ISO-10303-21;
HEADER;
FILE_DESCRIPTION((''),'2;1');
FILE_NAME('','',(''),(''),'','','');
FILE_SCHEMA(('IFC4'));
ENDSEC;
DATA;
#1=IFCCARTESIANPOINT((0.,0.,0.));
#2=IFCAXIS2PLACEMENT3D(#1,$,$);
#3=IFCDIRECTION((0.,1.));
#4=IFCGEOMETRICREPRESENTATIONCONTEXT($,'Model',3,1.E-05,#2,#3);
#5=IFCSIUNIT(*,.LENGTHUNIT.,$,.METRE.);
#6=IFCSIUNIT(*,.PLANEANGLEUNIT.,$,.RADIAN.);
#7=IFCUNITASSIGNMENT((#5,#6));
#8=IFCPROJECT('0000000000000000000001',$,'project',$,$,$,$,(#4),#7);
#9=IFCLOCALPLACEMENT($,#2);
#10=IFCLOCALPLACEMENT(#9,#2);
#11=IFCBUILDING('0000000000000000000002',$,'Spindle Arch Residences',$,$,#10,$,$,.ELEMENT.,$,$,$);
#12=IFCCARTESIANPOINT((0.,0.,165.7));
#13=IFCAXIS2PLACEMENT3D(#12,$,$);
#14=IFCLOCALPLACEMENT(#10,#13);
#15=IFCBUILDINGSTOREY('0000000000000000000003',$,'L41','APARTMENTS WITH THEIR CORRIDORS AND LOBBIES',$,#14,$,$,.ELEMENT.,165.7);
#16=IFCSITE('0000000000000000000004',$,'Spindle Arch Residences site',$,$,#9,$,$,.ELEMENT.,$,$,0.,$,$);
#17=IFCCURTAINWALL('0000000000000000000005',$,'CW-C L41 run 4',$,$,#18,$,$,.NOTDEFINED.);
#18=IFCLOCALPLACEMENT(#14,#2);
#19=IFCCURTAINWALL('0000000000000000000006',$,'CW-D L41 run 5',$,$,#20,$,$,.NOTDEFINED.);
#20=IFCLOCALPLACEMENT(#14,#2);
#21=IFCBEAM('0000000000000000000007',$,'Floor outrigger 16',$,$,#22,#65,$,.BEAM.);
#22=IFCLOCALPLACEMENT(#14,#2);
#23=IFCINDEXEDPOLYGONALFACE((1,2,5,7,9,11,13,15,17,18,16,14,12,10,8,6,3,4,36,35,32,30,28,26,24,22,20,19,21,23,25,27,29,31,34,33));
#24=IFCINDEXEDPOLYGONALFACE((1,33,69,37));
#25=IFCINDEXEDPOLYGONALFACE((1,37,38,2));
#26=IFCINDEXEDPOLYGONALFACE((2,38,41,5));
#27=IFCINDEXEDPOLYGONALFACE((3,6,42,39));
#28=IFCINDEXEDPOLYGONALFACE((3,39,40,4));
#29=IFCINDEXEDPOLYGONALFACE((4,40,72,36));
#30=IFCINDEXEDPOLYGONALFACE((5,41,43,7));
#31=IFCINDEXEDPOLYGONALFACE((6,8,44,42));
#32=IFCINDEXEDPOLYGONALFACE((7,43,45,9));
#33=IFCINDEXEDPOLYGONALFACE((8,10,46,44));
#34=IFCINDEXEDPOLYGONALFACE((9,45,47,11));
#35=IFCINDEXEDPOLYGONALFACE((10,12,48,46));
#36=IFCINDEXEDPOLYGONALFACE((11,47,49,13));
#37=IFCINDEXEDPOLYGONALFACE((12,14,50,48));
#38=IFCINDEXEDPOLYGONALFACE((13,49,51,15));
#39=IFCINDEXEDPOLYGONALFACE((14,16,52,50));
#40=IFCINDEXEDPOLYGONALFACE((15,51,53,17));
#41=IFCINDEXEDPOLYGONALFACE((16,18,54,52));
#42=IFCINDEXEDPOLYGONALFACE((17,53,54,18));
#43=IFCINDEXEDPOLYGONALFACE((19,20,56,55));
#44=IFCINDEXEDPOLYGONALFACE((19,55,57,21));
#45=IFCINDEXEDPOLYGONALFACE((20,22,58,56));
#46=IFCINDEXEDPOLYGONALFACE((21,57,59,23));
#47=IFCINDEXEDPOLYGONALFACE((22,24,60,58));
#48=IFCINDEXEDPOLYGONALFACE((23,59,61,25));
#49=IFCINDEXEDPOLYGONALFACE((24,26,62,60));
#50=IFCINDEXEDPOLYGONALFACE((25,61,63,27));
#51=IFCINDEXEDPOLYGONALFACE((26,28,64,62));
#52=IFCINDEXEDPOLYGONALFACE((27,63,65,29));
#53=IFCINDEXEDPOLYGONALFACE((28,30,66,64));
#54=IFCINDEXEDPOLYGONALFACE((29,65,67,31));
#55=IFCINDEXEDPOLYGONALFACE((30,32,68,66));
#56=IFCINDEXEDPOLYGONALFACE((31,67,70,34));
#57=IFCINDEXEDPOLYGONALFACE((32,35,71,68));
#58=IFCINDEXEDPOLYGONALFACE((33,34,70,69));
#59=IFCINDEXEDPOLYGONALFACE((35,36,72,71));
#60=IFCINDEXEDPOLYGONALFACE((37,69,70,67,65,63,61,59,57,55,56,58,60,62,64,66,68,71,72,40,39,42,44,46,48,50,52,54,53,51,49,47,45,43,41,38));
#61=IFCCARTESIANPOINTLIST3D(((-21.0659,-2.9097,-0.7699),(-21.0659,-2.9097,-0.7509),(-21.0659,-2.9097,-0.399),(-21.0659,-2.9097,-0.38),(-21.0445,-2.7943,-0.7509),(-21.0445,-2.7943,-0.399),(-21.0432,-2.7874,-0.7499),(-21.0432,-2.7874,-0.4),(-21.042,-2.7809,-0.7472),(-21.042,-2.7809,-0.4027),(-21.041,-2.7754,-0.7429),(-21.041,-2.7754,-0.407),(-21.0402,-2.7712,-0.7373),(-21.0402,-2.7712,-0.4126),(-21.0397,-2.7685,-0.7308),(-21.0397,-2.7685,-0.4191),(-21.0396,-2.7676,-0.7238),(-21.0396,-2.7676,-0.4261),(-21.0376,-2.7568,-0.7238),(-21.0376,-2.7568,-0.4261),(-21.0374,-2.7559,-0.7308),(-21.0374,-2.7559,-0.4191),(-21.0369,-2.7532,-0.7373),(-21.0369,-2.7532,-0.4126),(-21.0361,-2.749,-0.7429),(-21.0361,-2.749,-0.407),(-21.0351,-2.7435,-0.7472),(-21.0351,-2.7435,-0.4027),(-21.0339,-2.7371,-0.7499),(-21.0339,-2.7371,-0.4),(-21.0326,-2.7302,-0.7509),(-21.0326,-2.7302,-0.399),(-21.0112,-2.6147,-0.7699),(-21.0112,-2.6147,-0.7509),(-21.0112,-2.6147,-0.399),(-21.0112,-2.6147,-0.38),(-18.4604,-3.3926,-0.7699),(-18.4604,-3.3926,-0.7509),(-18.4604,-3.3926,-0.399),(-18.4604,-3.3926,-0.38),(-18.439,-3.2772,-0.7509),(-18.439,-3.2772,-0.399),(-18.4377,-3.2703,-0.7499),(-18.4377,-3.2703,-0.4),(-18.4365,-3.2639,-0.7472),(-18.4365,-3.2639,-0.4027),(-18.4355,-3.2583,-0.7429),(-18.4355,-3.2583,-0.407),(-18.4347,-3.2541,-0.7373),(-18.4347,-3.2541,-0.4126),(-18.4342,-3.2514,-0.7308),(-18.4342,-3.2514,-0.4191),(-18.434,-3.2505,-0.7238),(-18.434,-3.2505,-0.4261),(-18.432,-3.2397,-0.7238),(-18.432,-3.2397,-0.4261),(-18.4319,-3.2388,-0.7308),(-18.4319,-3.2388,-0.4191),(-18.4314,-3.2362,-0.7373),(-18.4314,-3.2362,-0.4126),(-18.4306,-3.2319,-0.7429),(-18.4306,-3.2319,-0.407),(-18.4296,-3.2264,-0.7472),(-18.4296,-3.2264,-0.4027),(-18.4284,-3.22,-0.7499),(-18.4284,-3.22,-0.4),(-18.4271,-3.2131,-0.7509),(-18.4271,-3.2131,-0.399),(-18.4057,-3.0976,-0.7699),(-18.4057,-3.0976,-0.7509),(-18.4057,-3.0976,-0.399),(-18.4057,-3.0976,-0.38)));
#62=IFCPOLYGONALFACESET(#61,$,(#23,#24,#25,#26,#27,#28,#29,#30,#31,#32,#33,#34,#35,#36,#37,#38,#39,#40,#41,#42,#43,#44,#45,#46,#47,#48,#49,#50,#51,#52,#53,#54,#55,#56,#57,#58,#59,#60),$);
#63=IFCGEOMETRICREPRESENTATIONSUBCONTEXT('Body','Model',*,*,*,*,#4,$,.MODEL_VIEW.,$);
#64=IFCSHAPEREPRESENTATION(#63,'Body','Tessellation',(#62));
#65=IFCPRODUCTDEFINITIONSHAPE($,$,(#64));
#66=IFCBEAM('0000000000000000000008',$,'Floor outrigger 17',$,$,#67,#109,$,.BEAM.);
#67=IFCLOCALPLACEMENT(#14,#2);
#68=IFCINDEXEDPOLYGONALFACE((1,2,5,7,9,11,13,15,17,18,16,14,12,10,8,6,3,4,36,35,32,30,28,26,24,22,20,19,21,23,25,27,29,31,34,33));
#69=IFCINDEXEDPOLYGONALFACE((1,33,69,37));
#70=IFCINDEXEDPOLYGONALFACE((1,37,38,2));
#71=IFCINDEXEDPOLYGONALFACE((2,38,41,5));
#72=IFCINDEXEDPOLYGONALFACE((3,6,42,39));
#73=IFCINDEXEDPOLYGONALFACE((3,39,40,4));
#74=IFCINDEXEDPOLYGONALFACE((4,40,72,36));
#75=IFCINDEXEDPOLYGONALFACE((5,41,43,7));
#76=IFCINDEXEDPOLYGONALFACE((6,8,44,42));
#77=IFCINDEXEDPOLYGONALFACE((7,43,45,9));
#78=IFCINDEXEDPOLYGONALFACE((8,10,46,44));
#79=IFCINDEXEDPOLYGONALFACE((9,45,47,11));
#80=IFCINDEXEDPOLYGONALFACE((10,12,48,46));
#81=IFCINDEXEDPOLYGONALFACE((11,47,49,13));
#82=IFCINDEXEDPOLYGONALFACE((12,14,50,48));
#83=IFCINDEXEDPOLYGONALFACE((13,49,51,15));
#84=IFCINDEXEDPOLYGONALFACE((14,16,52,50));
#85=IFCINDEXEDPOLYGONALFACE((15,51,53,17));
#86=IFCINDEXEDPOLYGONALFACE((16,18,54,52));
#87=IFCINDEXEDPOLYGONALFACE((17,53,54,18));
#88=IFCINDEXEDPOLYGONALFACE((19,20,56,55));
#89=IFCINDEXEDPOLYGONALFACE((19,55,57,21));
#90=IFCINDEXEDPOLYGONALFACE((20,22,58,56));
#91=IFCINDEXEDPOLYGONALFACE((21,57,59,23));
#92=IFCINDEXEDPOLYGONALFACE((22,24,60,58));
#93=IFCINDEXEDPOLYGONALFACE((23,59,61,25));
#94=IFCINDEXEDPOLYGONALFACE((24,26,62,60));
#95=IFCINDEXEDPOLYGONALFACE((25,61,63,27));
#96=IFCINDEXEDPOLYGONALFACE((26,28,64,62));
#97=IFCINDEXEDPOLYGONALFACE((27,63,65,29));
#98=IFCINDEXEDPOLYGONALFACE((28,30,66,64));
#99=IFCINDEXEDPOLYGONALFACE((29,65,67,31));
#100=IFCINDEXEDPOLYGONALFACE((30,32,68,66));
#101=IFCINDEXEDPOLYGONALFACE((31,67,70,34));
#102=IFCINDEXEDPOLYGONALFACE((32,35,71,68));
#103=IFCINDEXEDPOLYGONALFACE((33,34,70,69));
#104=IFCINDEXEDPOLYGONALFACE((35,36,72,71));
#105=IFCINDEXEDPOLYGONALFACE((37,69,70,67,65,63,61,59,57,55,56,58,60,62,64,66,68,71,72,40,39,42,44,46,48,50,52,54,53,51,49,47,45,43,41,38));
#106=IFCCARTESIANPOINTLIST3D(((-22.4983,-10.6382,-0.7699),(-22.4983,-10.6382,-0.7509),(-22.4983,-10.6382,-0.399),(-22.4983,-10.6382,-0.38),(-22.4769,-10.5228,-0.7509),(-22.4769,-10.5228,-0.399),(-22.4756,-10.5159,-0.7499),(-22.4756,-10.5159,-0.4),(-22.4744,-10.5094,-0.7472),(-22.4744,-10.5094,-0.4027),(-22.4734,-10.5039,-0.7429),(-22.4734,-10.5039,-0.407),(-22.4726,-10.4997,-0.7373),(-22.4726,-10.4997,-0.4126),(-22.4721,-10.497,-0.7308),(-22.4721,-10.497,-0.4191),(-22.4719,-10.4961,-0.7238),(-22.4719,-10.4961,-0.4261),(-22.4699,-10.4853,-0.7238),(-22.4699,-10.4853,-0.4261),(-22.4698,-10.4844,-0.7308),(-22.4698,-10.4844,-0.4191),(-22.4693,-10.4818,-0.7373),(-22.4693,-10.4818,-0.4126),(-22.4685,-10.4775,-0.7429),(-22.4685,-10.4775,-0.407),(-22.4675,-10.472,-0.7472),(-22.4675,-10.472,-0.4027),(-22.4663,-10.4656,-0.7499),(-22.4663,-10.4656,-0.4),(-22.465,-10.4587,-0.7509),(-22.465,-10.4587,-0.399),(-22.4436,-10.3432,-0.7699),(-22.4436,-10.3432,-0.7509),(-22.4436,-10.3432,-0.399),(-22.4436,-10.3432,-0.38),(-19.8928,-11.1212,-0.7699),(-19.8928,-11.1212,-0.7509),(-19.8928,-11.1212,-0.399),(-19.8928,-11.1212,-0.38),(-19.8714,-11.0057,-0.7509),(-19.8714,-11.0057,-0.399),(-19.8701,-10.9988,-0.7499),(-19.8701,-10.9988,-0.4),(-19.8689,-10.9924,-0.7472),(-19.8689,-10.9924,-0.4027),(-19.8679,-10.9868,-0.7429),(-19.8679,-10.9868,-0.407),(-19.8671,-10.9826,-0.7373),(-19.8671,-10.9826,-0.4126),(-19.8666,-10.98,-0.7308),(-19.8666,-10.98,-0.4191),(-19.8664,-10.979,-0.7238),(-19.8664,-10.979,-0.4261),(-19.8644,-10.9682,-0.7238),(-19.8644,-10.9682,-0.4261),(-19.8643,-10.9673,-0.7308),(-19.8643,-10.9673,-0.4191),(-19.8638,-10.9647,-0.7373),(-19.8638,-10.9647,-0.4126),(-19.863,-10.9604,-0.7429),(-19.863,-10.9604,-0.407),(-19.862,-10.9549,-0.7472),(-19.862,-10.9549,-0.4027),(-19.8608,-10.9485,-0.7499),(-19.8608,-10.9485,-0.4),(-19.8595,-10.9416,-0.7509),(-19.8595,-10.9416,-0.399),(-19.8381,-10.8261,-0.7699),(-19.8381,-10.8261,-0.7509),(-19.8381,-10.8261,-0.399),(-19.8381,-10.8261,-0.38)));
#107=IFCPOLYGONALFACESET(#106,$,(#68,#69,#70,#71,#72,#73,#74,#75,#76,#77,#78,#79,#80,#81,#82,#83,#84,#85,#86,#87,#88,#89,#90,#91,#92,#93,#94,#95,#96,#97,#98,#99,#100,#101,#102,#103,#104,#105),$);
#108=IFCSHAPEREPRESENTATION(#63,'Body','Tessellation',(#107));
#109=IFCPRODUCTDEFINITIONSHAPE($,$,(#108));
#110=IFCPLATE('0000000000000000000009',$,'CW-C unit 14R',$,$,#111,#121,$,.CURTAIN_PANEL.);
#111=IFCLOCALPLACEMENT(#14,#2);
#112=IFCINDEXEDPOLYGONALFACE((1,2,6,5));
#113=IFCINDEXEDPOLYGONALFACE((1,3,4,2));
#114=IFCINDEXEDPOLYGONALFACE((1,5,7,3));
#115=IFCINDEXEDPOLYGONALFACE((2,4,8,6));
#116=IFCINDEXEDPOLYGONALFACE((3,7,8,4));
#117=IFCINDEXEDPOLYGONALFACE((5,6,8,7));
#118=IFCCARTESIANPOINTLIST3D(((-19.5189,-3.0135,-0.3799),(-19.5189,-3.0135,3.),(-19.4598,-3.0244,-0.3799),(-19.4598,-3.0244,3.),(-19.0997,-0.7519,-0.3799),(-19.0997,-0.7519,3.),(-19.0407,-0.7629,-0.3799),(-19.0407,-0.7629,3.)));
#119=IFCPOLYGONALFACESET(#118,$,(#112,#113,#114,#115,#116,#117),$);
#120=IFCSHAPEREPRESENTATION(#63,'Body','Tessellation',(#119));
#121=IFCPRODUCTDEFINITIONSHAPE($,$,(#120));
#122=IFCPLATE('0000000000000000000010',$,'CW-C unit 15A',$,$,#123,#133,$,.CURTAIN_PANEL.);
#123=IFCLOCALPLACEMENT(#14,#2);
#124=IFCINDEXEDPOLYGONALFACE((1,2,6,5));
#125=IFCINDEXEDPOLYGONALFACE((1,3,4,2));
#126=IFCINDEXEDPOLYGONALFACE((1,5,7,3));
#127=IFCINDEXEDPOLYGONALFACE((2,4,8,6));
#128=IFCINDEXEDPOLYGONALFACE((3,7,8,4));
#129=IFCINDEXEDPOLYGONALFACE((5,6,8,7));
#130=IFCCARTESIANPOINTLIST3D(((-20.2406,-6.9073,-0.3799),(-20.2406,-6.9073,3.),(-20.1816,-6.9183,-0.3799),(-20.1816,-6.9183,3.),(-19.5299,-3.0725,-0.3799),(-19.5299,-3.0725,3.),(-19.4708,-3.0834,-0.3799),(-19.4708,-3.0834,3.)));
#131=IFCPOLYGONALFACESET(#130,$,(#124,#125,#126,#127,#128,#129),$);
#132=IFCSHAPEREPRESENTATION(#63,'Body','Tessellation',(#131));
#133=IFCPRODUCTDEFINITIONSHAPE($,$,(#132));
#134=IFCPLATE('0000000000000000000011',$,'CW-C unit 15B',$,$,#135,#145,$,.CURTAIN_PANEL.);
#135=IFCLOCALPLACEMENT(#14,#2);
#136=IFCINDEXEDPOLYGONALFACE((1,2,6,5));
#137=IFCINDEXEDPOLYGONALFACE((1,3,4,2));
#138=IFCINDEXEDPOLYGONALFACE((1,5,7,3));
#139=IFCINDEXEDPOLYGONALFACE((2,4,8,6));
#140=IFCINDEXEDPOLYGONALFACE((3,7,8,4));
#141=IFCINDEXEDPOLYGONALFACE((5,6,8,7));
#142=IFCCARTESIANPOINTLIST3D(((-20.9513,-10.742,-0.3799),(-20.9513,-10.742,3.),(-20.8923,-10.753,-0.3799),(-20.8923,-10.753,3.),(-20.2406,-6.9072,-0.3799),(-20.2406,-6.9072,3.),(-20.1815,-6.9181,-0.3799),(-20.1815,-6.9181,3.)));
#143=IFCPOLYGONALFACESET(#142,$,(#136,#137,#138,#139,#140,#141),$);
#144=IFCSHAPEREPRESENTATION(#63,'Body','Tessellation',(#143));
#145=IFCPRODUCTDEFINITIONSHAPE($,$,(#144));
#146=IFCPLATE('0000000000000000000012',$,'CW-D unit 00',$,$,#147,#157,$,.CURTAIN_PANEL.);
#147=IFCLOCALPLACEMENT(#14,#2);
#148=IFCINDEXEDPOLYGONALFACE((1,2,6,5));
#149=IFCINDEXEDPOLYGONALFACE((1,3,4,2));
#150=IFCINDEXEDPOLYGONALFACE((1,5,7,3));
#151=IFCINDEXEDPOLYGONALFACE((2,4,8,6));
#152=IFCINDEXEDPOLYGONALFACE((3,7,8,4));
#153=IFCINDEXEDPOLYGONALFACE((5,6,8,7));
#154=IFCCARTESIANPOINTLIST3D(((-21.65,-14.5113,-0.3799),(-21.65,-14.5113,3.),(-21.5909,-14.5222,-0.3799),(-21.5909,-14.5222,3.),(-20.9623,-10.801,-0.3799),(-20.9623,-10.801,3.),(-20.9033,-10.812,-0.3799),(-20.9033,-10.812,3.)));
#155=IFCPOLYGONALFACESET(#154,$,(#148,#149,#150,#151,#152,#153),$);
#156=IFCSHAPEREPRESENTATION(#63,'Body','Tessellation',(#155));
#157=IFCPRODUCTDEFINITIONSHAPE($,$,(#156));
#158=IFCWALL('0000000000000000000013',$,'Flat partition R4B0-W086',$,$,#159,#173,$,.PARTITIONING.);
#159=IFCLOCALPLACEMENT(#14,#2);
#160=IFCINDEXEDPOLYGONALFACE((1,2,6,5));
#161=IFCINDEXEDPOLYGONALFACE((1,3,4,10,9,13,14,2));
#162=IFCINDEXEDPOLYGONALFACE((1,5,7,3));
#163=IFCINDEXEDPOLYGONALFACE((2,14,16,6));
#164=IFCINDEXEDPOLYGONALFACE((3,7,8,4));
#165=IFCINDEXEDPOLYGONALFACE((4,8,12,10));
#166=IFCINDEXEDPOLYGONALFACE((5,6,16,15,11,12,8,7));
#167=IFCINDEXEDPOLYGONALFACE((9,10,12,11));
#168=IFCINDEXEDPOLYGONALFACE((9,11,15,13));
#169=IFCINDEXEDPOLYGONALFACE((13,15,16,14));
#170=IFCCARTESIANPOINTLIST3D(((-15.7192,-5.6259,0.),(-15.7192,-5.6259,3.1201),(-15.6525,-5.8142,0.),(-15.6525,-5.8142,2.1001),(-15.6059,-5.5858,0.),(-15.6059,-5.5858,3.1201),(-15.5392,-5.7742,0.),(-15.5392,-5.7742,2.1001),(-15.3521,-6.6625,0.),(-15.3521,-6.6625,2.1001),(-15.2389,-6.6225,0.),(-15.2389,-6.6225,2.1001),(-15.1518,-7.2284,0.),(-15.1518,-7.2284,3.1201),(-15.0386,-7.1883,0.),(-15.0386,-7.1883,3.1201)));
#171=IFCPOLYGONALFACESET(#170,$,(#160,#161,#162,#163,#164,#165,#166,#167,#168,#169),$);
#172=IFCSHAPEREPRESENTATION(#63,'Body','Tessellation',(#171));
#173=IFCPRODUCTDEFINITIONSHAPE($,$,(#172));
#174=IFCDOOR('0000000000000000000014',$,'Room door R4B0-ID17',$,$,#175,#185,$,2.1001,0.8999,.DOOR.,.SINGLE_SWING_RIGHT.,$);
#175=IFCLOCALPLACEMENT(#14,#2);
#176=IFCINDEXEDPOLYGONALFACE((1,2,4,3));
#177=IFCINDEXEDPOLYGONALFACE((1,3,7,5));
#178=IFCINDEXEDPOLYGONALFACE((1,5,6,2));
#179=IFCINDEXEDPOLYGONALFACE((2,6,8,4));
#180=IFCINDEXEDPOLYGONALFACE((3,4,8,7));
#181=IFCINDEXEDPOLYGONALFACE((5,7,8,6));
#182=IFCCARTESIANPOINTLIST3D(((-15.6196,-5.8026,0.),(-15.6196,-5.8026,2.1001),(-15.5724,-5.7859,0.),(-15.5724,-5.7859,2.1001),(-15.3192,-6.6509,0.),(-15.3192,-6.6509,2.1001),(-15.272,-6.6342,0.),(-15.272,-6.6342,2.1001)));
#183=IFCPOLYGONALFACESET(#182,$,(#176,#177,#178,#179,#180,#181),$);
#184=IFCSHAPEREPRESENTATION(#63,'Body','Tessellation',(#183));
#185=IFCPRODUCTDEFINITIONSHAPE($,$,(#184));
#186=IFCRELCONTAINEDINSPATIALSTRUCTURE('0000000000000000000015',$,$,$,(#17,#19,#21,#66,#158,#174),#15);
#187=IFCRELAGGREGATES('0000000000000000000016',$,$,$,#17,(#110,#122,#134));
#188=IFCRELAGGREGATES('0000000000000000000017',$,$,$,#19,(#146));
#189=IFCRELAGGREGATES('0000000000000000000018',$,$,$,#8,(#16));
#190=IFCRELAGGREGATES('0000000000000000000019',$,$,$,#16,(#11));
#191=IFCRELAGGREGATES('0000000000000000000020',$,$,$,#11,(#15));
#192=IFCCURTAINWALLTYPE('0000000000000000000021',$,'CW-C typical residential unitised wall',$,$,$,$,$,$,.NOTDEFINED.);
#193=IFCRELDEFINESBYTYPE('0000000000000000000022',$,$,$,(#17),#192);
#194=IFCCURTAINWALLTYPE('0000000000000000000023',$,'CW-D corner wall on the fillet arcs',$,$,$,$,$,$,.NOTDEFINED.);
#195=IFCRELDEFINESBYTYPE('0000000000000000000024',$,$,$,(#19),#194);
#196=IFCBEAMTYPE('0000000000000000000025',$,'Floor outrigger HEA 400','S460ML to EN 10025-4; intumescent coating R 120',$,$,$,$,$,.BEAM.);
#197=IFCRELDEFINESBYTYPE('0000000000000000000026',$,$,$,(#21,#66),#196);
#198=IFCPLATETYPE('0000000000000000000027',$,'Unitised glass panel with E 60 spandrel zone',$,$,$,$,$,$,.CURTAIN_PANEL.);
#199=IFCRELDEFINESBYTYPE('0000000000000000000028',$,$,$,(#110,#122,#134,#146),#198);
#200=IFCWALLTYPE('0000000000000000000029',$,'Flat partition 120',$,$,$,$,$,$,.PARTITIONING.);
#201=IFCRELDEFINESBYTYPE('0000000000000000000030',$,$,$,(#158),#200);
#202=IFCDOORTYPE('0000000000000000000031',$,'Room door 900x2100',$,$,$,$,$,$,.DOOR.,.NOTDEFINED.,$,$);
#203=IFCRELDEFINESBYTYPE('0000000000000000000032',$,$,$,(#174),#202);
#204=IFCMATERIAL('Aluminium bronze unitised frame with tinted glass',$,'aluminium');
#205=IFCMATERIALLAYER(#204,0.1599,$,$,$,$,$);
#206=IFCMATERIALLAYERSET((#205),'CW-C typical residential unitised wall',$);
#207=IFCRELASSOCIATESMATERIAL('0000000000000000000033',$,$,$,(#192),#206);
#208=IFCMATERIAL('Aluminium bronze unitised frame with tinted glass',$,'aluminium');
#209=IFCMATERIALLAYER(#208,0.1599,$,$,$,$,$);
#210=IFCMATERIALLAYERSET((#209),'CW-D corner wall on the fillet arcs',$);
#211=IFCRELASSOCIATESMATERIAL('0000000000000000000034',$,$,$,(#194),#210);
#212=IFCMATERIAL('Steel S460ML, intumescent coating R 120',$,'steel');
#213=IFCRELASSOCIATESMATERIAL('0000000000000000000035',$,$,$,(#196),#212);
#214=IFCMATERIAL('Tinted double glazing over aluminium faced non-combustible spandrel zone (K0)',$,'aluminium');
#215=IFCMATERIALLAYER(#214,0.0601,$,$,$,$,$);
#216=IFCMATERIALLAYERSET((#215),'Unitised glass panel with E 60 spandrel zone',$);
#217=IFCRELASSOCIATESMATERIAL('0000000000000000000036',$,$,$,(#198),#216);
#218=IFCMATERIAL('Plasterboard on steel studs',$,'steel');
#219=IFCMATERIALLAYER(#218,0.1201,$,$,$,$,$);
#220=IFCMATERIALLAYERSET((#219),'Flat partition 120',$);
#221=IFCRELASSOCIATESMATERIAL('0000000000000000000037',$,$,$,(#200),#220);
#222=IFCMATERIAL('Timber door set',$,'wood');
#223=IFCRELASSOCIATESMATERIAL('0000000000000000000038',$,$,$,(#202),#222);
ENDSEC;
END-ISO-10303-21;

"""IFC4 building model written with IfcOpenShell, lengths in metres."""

from ifc_helpers import new_model, si_unit, direction, frame, frame_2d, origin, origin_2d, place, context, subcontext, project, spatial, rectangle, i_section, extrude, material, layer, layer_set, material_profile, profile_set, type_object, element, fill, aggregate, save


model = new_model("IFC4")

# Units and contexts
model_context = context("Model", 3, precision=1e-05, world=origin(), true_north=direction((0.0, 1.0)))
body_context = subcontext(model_context, "Body", "Model", "MODEL_VIEW")
ifc_project = project(units=[si_unit("LENGTHUNIT", "METRE"), si_unit("PLANEANGLEUNIT", "RADIAN")], contexts=[model_context])

# Site, building, storey
site_placement = place(None, origin())
site = spatial("IfcSite", under=ifc_project, at=site_placement, Name="Spindle Arch Residences site", CompositionType="ELEMENT", RefElevation=0.0)
building_placement = place(site_placement, origin())
building = spatial("IfcBuilding", under=site, at=building_placement, Name="Spindle Arch Residences", CompositionType="ELEMENT")
storey_placement = place(building_placement, frame((0.0, 0.0, 165.7)))
storey = spatial("IfcBuildingStorey", under=building, at=storey_placement, Name="L41", Description="APARTMENTS WITH THEIR CORRIDORS AND LOBBIES", CompositionType="ELEMENT", Elevation=165.7)

# Curtain wall
ifc_material_1 = material(Name="Aluminium bronze unitised frame with tinted glass", Category="aluminium")
ifc_layer_1 = layer(ifc_material_1, 0.1599)
ifc_layer_set_1 = layer_set([ifc_layer_1], Name="CW-C typical residential unitised wall")
curtain_wall_type_1 = type_object("IfcCurtainWallType", Name="CW-C typical residential unitised wall", PredefinedType="NOTDEFINED", material=ifc_layer_set_1)
curtain_wall_1_placement = place(storey_placement, origin())
curtain_wall_1 = element("IfcCurtainWall", 1, at=curtain_wall_1_placement, inside=storey, type_object=curtain_wall_type_1, Name="CW-C L41 run 4", PredefinedType="NOTDEFINED")

# Curtain wall
ifc_material_2 = material(Name="Aluminium bronze unitised frame with tinted glass", Category="aluminium")
ifc_layer_2 = layer(ifc_material_2, 0.1599)
ifc_layer_set_2 = layer_set([ifc_layer_2], Name="CW-D corner wall on the fillet arcs")
curtain_wall_type_2 = type_object("IfcCurtainWallType", Name="CW-D corner wall on the fillet arcs", PredefinedType="NOTDEFINED", material=ifc_layer_set_2)
curtain_wall_2_placement = place(storey_placement, origin())
curtain_wall_2 = element("IfcCurtainWall", 2, at=curtain_wall_2_placement, inside=storey, type_object=curtain_wall_type_2, Name="CW-D L41 run 5", PredefinedType="NOTDEFINED")

# Beams
ifc_material_3 = material(Name="Steel S460ML, intumescent coating R 120", Category="steel")
ifc_material_profile_1 = material_profile(ifc_material_3, i_section(OverallWidth=0.3, OverallDepth=0.3899, WebThickness=0.011, FlangeThickness=0.019, FilletRadius=0.0271, at=origin_2d()), Name="HEA 400")
ifc_profile_set_1 = profile_set([ifc_material_profile_1], Name="Steel S460ML, intumescent coating R 120")
beam_type_1 = type_object("IfcBeamType", Name="Floor outrigger HEA 400", Description="S460ML to EN 10025-4; intumescent coating R 120", PredefinedType="BEAM", material=ifc_profile_set_1)
for number, where, z_axis, x_axis, name in (
    (3, (-21.0386, -2.7622, -0.575), (0.983254, -0.182241, 0.0), (0.182241, 0.983254, 0.0), "Floor outrigger 16"),
    (4, (-22.4709, -10.4907, -0.575), (0.983254, -0.182241, 0.0), (0.182241, 0.983254, 0.0), "Floor outrigger 17"),
):
    element("IfcBeam", number, at=place(storey_placement, frame(where, z_axis=z_axis, x_axis=x_axis)), inside=storey, type_object=beam_type_1, Name=name, PredefinedType="BEAM", context=body_context, shape_type="SweptSolid", body=[
        extrude(i_section(OverallWidth=0.3, OverallDepth=0.3899, WebThickness=0.011, FlangeThickness=0.019, FilletRadius=0.0271, at=origin_2d()), origin(), (0.0, 0.0, 1.0), 2.6499),
    ])

# Plates
ifc_material_4 = material(Name="Tinted double glazing over aluminium faced non-combustible spandrel zone (K0)", Category="aluminium")
ifc_layer_3 = layer(ifc_material_4, 0.0601)
ifc_layer_set_3 = layer_set([ifc_layer_3], Name="Unitised glass panel with E 60 spandrel zone")
plate_type = type_object("IfcPlateType", Name="Unitised glass panel with E 60 spandrel zone", PredefinedType="CURTAIN_PANEL", material=ifc_layer_set_3)
plate_1_placement = place(storey_placement, frame((-19.2798, -1.8882, -0.3799), z_axis=(0.0, 0.0, 1.0), x_axis=(-0.182236, -0.983255, 0.0)))
plate_1 = element("IfcPlate", 5, at=plate_1_placement, type_object=plate_type, Name="CW-C unit 14R", PredefinedType="CURTAIN_PANEL", context=body_context, shape_type="SweptSolid", body=[
    extrude(rectangle(XDim=2.3, YDim=0.0601, at=origin_2d()), origin(), (0.0, 0.0, 1.0), 3.3799),
])
plate_2_placement = place(storey_placement, frame((-19.8557, -4.9954, -0.3799), z_axis=(0.0, 0.0, 1.0), x_axis=(-0.182236, -0.983255, 0.0)))
plate_2 = element("IfcPlate", 6, at=plate_2_placement, type_object=plate_type, Name="CW-C unit 15A", PredefinedType="CURTAIN_PANEL", context=body_context, shape_type="SweptSolid", body=[
    extrude(rectangle(XDim=3.9001, YDim=0.0601, at=origin_2d()), origin(), (0.0, 0.0, 1.0), 3.3799),
])
plate_3_placement = place(storey_placement, frame((-20.5664, -8.8301, -0.3799), z_axis=(0.0, 0.0, 1.0), x_axis=(-0.182236, -0.983255, 0.0)))
plate_3 = element("IfcPlate", 7, at=plate_3_placement, type_object=plate_type, Name="CW-C unit 15B", PredefinedType="CURTAIN_PANEL", context=body_context, shape_type="SweptSolid", body=[
    extrude(rectangle(XDim=3.9001, YDim=0.0601, at=origin_2d()), origin(), (0.0, 0.0, 1.0), 3.3799),
])
aggregate(curtain_wall_1, [plate_1, plate_2, plate_3])
plate_4_placement = place(storey_placement, frame((-21.2766, -12.6616, -0.3799), z_axis=(0.0, 0.0, 1.0), x_axis=(-0.182236, -0.983255, 0.0)))
plate_4 = element("IfcPlate", 8, at=plate_4_placement, type_object=plate_type, Name="CW-D unit 00", PredefinedType="CURTAIN_PANEL", context=body_context, shape_type="SweptSolid", body=[
    extrude(rectangle(XDim=3.7734, YDim=0.0601, at=origin_2d()), origin(), (0.0, 0.0, 1.0), 3.3799),
])
aggregate(curtain_wall_2, [plate_4])

# Wall, opening, door
ifc_material_5 = material(Name="Plasterboard on steel studs", Category="steel")
ifc_layer_4 = layer(ifc_material_5, 0.1201)
ifc_layer_set_4 = layer_set([ifc_layer_4], Name="Flat partition 120")
wall_type_1 = type_object("IfcWallType", Name="Flat partition 120", PredefinedType="PARTITIONING", material=ifc_layer_set_4)
wall_1_placement = place(storey_placement, frame((-15.6626, -5.6057, 0.0), z_axis=(0.0, 0.0, 1.0), x_axis=(0.333751, -0.942661, 0.0)))
wall_1 = element("IfcWall", 9, at=wall_1_placement, inside=storey, type_object=wall_type_1, Name="Flat partition R4B0-W086", PredefinedType="PARTITIONING", context=body_context, shape_type="SweptSolid", body=[
    extrude(rectangle(XDim=1.7, YDim=0.1201, at=frame_2d((0.8501, 0.0))), origin(), (0.0, 0.0, 1.0), 3.1201),
])
opening_1_placement = place(wall_1_placement, frame((0.2, 0.0, 0.0)))
opening_1 = element("IfcOpeningElement", 10, at=opening_1_placement, cuts=wall_1, PredefinedType="OPENING", context=body_context, shape_type="SweptSolid", body=[
    extrude(rectangle(XDim=0.8999, YDim=2.1001, at=frame_2d((0.45, 1.05))), frame((0.0, 0.0701, 0.0), z_axis=(0.0, -1.0, 0.0), x_axis=(1.0, 0.0, 0.0)), (0.0, 0.0, 1.0), 0.1401),
])
ifc_material_6 = material(Name="Timber door set", Category="wood")
door_type_1 = type_object("IfcDoorType", Name="Room door 900x2100", OperationType="NOTDEFINED", PredefinedType="DOOR", material=ifc_material_6)
door_1_placement = place(opening_1_placement, origin())
door_1 = element("IfcDoor", 11, at=door_1_placement, inside=storey, type_object=door_type_1, Name="Room door R4B0-ID17", OperationType="SINGLE_SWING_RIGHT", OverallHeight=2.1001, OverallWidth=0.8999, PredefinedType="DOOR", context=body_context, shape_type="SweptSolid", body=[
    extrude(rectangle(XDim=0.8999, YDim=2.1001, at=frame_2d((0.45, 1.05))), frame((0.0, 0.0249, 0.0), z_axis=(0.0, -1.0, 0.0), x_axis=(1.0, 0.0, 0.0)), (0.0, 0.0, 1.0), 0.05),
])
fill(opening_1, door_1)

save(model, "model.ifc")
